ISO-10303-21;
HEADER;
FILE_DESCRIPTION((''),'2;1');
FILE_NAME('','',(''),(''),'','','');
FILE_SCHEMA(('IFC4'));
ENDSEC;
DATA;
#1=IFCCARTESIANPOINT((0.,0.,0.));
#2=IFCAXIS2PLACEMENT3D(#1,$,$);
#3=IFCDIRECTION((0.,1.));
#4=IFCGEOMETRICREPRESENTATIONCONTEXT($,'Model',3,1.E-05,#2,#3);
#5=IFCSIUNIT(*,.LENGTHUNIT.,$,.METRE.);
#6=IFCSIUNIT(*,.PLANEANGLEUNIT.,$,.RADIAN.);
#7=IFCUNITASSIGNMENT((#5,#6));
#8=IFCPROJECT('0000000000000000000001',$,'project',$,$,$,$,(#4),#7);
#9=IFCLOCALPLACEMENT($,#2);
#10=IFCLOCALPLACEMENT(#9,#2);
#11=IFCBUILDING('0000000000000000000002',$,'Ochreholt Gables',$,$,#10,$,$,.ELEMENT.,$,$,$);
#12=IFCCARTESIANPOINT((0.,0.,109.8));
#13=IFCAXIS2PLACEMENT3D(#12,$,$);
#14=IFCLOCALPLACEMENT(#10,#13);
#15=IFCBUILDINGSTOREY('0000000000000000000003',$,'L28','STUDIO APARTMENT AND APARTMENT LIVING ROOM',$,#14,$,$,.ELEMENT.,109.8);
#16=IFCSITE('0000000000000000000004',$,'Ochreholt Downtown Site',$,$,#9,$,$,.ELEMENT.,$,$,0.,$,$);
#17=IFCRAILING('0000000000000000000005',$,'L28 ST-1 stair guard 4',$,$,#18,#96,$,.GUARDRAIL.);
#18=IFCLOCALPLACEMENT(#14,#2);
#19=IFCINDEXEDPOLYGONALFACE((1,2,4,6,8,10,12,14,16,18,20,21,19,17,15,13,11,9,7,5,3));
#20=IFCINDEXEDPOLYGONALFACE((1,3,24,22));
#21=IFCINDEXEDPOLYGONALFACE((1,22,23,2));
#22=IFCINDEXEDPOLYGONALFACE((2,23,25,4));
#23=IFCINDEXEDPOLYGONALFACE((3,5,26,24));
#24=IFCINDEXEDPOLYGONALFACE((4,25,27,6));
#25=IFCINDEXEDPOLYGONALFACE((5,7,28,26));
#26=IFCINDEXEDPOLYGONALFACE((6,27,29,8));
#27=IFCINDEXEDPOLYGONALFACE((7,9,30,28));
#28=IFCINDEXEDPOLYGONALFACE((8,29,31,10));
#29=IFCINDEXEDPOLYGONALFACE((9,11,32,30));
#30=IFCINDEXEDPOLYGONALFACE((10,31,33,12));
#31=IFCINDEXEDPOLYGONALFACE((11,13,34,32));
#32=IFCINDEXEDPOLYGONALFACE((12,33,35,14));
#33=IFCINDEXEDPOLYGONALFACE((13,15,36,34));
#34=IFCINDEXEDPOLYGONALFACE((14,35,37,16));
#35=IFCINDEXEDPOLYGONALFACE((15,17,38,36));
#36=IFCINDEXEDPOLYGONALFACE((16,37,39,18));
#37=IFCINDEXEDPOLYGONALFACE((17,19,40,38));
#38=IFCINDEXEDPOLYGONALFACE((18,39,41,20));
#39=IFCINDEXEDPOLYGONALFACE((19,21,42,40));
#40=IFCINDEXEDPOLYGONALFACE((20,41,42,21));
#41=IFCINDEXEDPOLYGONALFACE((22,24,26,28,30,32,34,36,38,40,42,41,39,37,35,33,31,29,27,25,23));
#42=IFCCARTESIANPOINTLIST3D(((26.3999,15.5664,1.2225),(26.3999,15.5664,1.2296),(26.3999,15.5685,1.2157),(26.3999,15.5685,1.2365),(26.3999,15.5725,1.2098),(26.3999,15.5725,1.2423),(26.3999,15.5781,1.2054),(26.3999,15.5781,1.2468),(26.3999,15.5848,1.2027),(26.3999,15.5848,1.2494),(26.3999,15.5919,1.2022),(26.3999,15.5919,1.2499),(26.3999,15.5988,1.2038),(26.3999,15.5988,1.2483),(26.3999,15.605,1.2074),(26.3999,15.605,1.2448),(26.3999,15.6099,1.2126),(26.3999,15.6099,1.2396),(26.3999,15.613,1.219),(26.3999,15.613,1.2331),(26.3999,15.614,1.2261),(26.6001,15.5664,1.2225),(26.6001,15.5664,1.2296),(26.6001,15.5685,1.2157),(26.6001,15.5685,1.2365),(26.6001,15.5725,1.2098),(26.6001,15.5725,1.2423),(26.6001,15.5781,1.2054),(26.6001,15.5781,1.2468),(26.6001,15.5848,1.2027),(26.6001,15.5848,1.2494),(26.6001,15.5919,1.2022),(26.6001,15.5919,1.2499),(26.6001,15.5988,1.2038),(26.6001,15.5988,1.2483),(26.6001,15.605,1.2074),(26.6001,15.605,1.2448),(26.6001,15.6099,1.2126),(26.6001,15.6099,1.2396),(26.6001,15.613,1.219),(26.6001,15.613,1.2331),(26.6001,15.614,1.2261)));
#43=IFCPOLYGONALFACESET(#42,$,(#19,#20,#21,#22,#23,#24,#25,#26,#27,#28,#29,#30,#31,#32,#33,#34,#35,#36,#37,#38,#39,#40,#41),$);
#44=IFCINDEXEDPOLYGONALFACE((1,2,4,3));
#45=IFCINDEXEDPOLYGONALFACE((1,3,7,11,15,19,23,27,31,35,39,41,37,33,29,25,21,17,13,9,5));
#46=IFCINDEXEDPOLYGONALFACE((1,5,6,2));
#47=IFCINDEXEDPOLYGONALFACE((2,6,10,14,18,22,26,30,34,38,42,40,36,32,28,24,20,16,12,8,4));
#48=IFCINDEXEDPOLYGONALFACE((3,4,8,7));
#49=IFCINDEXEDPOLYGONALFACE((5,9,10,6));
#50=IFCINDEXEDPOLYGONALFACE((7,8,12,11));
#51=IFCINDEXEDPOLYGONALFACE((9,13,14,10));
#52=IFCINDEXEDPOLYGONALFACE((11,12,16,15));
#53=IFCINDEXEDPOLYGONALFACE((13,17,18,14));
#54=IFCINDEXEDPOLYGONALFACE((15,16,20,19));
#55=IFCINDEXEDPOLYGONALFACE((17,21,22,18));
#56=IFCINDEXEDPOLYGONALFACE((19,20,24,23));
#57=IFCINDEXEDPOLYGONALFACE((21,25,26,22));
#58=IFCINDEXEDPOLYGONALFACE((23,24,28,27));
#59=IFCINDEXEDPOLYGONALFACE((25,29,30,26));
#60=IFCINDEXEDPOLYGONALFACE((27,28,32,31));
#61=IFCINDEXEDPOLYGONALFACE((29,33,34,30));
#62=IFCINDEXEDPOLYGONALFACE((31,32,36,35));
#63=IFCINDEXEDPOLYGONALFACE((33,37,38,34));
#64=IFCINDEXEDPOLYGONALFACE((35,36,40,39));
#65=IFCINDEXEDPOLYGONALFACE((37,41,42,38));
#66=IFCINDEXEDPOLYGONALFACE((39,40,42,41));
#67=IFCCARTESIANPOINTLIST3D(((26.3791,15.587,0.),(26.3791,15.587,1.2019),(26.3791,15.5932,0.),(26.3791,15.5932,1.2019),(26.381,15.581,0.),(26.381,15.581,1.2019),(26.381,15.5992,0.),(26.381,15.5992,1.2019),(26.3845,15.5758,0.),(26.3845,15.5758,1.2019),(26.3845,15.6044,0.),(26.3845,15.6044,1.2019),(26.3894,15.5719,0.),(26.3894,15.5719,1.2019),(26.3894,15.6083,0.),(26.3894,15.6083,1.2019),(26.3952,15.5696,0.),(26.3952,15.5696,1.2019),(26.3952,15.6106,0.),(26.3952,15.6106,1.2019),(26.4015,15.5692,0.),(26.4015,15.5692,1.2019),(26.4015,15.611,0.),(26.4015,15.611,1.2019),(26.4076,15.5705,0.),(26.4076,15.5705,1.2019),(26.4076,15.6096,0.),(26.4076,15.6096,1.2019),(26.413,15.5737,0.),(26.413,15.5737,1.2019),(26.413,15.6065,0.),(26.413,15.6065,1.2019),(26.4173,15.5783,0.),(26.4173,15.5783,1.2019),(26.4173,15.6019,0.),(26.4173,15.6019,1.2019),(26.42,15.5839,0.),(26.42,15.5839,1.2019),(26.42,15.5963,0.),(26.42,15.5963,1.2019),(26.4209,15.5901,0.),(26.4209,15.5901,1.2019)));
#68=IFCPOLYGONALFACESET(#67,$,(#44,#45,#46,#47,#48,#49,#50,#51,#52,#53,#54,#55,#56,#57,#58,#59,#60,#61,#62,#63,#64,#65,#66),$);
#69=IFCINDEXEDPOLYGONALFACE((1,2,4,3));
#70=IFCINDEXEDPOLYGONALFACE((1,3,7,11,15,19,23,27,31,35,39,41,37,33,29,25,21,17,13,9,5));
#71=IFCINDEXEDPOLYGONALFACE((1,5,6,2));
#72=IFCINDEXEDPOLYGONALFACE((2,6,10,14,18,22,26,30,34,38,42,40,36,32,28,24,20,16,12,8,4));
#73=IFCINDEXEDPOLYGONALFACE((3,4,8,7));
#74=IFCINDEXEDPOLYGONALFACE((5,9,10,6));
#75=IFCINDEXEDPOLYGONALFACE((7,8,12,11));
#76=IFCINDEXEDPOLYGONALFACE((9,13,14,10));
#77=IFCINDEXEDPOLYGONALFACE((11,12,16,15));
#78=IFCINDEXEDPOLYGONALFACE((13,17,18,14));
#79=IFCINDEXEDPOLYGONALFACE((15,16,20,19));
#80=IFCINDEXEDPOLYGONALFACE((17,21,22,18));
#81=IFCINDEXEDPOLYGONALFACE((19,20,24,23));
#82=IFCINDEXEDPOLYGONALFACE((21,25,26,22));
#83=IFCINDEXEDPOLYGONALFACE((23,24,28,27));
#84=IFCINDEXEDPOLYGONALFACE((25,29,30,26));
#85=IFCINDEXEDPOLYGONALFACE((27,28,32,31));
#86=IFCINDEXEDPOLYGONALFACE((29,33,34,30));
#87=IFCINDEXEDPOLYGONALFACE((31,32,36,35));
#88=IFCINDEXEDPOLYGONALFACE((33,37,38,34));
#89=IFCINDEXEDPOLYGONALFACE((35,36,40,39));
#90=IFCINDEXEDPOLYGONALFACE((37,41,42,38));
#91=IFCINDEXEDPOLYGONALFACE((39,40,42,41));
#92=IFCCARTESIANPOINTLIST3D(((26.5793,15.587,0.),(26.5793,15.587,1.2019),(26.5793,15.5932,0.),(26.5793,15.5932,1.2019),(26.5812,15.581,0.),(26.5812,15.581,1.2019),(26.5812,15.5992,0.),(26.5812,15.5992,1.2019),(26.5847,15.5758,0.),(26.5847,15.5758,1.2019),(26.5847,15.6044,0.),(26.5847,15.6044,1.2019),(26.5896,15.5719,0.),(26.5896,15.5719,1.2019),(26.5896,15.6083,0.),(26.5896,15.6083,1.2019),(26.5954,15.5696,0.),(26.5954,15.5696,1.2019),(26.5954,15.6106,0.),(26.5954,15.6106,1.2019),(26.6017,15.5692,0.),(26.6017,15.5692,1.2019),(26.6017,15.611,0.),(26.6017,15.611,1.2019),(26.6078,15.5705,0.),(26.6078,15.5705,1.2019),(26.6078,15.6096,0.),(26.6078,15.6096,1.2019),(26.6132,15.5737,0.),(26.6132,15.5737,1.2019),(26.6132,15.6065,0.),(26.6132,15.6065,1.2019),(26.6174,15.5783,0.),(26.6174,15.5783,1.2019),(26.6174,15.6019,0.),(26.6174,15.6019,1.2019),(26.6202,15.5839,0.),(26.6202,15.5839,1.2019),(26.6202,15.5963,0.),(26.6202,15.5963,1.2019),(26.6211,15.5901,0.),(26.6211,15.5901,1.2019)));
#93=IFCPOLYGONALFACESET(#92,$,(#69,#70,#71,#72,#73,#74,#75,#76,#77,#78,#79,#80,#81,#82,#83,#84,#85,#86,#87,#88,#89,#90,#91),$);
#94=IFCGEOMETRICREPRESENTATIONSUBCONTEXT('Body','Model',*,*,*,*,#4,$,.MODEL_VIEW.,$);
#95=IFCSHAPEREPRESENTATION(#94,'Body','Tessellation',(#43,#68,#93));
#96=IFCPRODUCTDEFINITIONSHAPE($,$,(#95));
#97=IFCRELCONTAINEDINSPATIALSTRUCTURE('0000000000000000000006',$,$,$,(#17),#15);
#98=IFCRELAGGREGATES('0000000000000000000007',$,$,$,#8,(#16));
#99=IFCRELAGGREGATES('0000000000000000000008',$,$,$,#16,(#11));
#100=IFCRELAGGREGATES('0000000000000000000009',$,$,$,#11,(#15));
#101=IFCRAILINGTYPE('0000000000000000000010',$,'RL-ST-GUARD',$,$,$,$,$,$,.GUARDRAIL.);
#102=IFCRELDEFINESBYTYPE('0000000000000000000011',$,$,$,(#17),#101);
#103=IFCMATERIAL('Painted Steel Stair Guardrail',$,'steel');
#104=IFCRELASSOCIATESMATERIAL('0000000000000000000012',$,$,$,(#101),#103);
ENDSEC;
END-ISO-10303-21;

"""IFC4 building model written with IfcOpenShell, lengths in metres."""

from ifc_helpers import new_model, si_unit, direction, frame, origin, origin_2d, place, context, subcontext, project, spatial, circle, extrude, material, type_object, element, save


model = new_model("IFC4")

# Units and contexts
model_context = context("Model", 3, precision=1e-05, world=origin(), true_north=direction((0.0, 1.0)))
body_context = subcontext(model_context, "Body", "Model", "MODEL_VIEW")
ifc_project = project(units=[si_unit("LENGTHUNIT", "METRE"), si_unit("PLANEANGLEUNIT", "RADIAN")], contexts=[model_context])

# Site, building, storey
site_placement = place(None, origin())
site = spatial("IfcSite", under=ifc_project, at=site_placement, Name="Ochreholt Downtown Site", CompositionType="ELEMENT", RefElevation=0.0)
building_placement = place(site_placement, origin())
building = spatial("IfcBuilding", under=site, at=building_placement, Name="Ochreholt Gables", CompositionType="ELEMENT")
storey_placement = place(building_placement, frame((0.0, 0.0, 109.8)))
storey = spatial("IfcBuildingStorey", under=building, at=storey_placement, Name="L28", Description="STUDIO APARTMENT AND APARTMENT LIVING ROOM", CompositionType="ELEMENT", Elevation=109.8)

# Railing
ifc_material_1 = material(Name="Painted Steel Stair Guardrail", Category="steel")
railing_type_1 = type_object("IfcRailingType", Name="RL-ST-GUARD", PredefinedType="GUARDRAIL", material=ifc_material_1)
railing_1_placement = place(storey_placement, frame((26.3999, 15.5901, 0.0)))
element("IfcRailing", 1, at=railing_1_placement, inside=storey, type_object=railing_type_1, Name="L28 ST-1 stair guard 4", PredefinedType="GUARDRAIL", context=body_context, shape_type="SweptSolid", body=[
    extrude(circle(Radius=0.0239, at=origin_2d()), frame((0.0, 0.0, 1.2261), z_axis=(1.0, 0.0, 0.0), x_axis=(0.0, 1.0, 0.0)), (0.0, 0.0, 1.0), 0.2002),
    extrude(circle(Radius=0.021, at=origin_2d()), origin(), (0.0, 0.0, 1.0), 1.2019),
    extrude(circle(Radius=0.021, at=origin_2d()), frame((0.2002, 0.0, 0.0)), (0.0, 0.0, 1.0), 1.2019),
])

save(model, "model.ifc")
